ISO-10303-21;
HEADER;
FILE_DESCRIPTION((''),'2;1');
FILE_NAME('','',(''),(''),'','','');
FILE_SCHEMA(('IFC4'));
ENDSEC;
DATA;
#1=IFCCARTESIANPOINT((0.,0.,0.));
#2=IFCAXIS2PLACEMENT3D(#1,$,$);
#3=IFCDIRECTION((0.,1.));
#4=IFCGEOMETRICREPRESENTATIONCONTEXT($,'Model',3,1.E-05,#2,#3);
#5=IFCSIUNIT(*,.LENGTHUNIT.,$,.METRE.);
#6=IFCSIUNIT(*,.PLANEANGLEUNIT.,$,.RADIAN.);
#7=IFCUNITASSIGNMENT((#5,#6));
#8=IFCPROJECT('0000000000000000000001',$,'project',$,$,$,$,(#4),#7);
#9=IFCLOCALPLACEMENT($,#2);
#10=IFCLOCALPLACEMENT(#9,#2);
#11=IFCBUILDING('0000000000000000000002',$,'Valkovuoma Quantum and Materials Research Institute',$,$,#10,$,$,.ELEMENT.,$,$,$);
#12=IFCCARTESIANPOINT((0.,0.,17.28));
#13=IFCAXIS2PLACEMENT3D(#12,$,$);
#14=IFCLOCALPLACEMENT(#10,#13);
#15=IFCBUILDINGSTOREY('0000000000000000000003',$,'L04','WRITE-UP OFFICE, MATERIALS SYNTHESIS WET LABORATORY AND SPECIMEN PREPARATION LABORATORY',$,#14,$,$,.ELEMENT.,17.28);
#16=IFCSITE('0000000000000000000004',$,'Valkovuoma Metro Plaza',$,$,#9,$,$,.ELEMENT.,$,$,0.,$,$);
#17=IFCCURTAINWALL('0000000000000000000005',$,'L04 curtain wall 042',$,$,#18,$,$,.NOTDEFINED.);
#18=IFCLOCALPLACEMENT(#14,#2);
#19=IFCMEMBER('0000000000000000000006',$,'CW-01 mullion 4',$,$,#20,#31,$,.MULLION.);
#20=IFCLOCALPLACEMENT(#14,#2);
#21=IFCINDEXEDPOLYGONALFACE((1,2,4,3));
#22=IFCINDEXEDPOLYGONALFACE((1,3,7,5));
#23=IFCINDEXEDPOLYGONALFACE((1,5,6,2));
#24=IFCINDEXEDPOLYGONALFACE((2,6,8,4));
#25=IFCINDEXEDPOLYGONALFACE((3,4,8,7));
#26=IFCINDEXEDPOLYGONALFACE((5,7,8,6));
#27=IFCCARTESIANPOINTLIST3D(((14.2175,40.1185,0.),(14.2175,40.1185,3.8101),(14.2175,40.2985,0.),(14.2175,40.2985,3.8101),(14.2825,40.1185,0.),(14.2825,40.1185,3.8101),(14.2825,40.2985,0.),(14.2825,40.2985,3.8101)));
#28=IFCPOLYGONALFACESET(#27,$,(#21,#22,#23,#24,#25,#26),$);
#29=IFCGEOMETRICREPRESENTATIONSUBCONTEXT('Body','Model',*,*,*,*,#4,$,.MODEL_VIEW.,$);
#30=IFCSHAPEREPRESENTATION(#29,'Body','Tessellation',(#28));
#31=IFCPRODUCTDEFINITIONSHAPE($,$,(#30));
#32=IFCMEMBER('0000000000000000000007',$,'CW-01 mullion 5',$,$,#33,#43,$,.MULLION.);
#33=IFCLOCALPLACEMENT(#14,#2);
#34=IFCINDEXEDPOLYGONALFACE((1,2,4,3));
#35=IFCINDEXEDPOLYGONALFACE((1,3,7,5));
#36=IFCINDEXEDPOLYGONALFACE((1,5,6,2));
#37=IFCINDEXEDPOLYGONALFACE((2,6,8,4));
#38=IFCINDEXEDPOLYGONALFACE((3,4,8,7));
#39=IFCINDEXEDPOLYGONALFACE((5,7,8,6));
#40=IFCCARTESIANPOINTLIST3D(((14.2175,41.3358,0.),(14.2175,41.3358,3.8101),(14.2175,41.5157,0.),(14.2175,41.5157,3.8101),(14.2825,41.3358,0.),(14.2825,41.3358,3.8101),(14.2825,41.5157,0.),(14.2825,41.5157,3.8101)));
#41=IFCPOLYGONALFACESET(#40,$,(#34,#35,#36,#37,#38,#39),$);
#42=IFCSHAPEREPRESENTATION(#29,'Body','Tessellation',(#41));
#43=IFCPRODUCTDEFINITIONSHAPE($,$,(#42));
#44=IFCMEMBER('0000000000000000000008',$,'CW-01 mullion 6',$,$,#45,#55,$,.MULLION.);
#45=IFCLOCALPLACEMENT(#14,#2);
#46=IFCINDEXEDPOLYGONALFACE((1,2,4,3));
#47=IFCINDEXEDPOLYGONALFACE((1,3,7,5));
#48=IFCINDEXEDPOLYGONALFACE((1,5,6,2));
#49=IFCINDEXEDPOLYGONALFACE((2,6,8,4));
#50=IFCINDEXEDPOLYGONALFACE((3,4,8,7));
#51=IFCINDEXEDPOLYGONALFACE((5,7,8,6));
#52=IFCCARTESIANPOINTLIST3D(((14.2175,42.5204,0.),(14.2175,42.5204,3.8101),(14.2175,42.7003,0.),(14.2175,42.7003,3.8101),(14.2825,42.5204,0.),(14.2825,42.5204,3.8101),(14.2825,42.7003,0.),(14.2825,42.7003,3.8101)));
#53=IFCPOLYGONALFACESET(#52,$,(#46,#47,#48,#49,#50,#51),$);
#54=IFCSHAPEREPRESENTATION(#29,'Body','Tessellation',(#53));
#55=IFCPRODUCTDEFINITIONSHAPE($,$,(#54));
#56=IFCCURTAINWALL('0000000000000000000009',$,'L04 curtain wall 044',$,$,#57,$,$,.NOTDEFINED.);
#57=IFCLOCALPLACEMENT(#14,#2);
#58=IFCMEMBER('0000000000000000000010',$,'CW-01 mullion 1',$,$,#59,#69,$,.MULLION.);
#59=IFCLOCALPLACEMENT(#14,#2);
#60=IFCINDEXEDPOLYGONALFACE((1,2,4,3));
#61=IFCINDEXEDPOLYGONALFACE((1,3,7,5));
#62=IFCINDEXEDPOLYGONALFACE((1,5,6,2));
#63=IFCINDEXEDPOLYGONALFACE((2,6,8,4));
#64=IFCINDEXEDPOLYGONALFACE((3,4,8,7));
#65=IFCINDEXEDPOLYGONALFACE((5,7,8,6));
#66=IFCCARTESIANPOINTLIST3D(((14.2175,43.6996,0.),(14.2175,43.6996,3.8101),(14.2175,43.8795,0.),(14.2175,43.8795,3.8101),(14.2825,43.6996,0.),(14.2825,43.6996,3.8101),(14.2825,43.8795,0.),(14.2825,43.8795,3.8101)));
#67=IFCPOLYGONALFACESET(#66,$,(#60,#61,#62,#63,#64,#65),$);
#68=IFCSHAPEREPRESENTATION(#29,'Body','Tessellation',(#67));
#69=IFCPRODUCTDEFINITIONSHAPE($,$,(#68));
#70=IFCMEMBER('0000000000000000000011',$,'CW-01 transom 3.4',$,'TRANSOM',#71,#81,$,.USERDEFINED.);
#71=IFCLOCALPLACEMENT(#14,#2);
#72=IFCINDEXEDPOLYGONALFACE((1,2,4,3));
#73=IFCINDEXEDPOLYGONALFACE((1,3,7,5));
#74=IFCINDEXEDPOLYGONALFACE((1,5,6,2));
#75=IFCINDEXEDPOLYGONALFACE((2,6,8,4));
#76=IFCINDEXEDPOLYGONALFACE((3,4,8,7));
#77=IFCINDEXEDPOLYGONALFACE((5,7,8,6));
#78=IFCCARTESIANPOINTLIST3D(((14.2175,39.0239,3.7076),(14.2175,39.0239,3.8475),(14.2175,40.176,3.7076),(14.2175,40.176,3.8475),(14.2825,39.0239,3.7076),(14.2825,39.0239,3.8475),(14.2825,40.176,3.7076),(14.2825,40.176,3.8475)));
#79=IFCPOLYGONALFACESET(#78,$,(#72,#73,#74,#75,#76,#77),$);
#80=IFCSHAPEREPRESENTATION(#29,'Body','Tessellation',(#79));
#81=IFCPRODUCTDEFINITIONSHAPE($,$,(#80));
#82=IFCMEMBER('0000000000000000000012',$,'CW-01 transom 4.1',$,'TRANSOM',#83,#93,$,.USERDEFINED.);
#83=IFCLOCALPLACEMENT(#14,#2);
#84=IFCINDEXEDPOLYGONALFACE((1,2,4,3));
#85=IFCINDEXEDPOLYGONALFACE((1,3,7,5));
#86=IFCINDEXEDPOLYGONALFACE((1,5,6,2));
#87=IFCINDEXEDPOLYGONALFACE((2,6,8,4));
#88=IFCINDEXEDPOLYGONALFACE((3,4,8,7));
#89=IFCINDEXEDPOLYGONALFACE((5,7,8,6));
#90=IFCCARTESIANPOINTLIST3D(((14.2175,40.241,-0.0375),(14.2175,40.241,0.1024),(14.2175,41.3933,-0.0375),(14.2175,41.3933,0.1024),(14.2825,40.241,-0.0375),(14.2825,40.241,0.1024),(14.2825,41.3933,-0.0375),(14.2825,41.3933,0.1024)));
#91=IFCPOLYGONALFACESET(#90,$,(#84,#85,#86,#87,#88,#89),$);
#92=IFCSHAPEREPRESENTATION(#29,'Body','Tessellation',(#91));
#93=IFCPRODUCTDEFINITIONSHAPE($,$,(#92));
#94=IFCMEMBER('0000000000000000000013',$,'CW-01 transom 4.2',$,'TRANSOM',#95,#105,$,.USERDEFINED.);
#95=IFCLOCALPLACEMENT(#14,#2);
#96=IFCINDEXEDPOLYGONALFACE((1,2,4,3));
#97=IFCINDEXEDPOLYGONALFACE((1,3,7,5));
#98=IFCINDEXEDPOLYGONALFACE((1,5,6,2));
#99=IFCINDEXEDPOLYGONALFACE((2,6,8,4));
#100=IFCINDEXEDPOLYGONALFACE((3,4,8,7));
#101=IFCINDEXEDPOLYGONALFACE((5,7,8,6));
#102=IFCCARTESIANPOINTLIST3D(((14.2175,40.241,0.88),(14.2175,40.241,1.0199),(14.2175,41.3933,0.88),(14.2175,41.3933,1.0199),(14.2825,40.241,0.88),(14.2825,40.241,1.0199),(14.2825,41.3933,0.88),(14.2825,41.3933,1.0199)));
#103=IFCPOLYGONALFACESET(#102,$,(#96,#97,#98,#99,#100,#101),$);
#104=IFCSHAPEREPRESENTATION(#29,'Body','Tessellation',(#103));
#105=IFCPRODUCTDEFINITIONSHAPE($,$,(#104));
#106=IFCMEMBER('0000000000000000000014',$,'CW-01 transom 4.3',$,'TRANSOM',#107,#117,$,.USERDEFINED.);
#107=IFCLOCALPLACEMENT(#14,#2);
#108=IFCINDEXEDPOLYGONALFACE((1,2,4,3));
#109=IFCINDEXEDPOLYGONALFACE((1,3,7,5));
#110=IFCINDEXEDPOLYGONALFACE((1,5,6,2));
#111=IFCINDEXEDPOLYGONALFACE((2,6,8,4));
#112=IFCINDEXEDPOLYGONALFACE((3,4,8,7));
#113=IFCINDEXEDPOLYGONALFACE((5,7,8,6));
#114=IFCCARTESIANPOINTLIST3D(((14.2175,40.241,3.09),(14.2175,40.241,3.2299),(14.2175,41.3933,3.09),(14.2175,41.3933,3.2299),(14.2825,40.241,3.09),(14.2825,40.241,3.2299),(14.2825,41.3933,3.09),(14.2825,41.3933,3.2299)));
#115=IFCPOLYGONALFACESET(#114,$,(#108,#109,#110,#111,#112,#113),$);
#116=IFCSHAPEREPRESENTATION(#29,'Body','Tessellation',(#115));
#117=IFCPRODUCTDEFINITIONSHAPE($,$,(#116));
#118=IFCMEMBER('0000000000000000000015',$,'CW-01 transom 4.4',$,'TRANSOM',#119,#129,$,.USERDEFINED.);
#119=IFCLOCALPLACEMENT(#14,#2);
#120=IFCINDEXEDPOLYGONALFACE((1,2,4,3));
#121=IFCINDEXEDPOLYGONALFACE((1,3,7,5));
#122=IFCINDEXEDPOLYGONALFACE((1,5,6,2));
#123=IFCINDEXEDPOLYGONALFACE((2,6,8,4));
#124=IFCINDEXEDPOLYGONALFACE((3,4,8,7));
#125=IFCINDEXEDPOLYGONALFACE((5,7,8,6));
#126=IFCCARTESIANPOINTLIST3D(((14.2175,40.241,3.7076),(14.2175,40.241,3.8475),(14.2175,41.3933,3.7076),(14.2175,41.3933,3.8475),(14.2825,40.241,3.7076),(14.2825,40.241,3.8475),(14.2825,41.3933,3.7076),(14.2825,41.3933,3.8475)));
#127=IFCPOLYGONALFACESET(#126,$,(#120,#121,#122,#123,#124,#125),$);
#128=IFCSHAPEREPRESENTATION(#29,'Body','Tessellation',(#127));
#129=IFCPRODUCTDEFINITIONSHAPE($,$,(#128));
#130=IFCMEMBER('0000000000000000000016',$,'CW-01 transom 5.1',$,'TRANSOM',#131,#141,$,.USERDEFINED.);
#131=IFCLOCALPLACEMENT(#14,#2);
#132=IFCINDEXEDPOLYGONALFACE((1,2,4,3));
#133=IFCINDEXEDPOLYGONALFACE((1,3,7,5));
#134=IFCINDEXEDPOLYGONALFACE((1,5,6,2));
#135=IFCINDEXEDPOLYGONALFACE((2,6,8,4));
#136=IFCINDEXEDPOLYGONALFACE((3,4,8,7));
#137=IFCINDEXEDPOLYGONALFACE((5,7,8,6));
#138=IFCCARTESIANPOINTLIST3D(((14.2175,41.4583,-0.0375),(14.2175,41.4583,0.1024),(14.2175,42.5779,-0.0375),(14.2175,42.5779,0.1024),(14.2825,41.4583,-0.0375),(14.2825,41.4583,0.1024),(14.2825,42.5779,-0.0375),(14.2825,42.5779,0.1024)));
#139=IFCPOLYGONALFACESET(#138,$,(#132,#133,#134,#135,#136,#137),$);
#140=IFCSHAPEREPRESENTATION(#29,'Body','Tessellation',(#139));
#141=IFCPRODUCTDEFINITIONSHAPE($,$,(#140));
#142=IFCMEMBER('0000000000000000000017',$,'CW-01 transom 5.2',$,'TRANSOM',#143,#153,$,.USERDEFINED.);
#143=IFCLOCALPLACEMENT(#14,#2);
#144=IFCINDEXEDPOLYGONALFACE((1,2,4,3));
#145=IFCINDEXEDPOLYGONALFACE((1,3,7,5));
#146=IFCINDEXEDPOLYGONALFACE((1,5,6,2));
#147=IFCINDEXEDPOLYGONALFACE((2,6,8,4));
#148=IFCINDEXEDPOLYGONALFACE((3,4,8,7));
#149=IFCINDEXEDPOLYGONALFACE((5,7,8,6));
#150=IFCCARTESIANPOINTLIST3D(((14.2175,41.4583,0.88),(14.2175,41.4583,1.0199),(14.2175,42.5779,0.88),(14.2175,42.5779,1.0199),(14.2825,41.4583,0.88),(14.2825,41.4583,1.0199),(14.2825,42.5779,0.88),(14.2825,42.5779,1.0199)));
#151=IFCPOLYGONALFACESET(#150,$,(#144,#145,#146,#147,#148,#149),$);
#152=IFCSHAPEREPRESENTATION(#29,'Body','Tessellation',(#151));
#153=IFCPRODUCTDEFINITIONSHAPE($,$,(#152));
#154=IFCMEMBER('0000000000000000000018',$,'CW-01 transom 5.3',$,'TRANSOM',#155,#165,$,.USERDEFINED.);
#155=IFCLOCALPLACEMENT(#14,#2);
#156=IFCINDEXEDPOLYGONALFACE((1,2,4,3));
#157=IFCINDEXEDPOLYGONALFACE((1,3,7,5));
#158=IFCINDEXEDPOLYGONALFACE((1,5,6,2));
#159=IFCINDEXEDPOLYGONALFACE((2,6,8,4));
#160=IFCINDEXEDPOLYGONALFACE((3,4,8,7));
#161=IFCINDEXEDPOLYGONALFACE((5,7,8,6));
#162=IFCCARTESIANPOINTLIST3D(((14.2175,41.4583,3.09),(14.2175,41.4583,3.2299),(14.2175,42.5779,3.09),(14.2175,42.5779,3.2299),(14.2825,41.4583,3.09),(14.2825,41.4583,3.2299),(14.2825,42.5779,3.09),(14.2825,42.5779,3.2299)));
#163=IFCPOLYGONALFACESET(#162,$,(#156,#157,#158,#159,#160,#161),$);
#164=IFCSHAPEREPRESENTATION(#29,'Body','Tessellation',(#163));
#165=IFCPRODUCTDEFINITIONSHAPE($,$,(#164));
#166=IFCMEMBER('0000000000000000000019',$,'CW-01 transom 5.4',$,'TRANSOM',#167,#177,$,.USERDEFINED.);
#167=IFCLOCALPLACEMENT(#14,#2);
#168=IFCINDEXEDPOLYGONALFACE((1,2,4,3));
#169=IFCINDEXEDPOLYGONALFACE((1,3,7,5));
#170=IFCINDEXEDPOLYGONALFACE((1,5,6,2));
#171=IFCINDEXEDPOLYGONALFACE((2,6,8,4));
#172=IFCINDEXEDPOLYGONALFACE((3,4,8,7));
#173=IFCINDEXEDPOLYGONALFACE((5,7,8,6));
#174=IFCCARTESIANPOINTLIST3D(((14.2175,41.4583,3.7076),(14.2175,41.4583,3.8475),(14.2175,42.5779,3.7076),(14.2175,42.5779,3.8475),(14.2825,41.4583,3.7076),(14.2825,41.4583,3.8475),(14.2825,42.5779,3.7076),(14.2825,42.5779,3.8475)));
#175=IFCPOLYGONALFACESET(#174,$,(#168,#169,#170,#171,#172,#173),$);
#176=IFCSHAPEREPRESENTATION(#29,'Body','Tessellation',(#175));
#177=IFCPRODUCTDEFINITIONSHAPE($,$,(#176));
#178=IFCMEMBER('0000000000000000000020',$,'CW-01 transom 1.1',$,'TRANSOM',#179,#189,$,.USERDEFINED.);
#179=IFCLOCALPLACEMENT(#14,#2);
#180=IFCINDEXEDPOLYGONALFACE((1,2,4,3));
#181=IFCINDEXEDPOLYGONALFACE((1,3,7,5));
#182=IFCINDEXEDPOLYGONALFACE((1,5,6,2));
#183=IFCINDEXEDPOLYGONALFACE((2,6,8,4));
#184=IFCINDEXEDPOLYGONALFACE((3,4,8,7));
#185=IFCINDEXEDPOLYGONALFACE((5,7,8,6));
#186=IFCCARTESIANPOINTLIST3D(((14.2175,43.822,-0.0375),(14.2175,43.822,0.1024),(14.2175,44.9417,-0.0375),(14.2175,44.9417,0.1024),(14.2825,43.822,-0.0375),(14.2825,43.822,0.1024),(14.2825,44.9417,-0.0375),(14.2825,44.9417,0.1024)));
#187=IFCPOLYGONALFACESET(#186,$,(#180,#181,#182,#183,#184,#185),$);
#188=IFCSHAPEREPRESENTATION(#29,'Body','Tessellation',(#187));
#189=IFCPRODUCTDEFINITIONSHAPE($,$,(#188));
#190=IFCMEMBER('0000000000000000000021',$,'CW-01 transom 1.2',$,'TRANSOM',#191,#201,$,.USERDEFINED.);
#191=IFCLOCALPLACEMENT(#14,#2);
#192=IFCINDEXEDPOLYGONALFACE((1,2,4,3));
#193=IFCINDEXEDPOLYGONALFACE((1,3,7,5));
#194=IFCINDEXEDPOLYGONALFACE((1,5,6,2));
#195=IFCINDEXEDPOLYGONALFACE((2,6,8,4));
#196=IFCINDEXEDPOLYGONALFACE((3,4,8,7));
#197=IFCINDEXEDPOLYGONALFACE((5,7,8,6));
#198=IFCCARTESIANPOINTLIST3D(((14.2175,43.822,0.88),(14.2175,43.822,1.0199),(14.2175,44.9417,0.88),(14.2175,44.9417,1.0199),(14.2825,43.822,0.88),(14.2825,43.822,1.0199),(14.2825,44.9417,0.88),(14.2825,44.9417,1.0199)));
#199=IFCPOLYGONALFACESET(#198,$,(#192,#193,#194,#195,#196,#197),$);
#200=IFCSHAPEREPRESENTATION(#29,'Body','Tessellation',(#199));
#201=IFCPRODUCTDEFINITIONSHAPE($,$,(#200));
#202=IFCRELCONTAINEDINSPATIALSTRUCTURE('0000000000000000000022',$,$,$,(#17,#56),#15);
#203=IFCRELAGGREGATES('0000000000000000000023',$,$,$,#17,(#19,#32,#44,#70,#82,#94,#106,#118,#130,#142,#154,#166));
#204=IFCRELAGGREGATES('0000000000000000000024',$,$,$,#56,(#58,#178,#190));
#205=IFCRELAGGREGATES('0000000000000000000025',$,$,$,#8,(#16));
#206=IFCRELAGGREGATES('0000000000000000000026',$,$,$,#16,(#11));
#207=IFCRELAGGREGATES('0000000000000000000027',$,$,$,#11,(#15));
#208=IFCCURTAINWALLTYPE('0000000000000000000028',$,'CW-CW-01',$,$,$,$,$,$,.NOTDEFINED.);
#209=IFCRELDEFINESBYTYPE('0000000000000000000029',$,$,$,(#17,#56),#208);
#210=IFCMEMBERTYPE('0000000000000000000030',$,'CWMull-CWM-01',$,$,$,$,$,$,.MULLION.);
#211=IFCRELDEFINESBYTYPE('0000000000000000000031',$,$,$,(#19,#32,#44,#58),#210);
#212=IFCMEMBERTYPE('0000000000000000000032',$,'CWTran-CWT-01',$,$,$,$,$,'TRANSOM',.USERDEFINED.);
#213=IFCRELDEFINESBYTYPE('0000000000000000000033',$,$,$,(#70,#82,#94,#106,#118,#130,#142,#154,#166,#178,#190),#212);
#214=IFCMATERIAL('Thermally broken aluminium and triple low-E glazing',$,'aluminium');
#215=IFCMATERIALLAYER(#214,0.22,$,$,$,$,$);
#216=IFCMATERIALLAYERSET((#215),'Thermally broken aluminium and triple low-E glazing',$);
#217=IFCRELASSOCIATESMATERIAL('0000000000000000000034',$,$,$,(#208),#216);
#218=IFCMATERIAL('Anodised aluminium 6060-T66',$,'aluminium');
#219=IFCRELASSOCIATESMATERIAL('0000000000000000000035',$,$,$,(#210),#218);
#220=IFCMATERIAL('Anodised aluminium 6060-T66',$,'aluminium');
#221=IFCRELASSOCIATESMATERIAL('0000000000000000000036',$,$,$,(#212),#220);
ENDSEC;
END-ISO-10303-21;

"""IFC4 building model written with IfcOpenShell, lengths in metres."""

from ifc_helpers import new_model, si_unit, direction, frame, origin, origin_2d, place, context, subcontext, project, spatial, rectangle, extrude, material, layer, layer_set, material_profile, profile_set, type_object, element, aggregate, save


model = new_model("IFC4")

# Units and contexts
model_context = context("Model", 3, precision=1e-05, world=origin(), true_north=direction((0.0, 1.0)))
body_context = subcontext(model_context, "Body", "Model", "MODEL_VIEW")
ifc_project = project(units=[si_unit("LENGTHUNIT", "METRE"), si_unit("PLANEANGLEUNIT", "RADIAN")], contexts=[model_context])

# Site, building, storey
site_placement = place(None, origin())
site = spatial("IfcSite", under=ifc_project, at=site_placement, Name="Valkovuoma Metro Plaza", CompositionType="ELEMENT", RefElevation=0.0)
building_placement = place(site_placement, origin())
building = spatial("IfcBuilding", under=site, at=building_placement, Name="Valkovuoma Quantum and Materials Research Institute", CompositionType="ELEMENT")
storey_placement = place(building_placement, frame((0.0, 0.0, 17.28)))
storey = spatial("IfcBuildingStorey", under=building, at=storey_placement, Name="L04", Description="WRITE-UP OFFICE, MATERIALS SYNTHESIS WET LABORATORY AND SPECIMEN PREPARATION LABORATORY", CompositionType="ELEMENT", Elevation=17.28)

# Curtain wall, members
ifc_material_1 = material(Name="Thermally broken aluminium and triple low-E glazing", Category="aluminium")
ifc_layer_1 = layer(ifc_material_1, 0.22)
ifc_layer_set_1 = layer_set([ifc_layer_1], Name="Thermally broken aluminium and triple low-E glazing")
curtain_wall_type = type_object("IfcCurtainWallType", Name="CW-CW-01", PredefinedType="NOTDEFINED", material=ifc_layer_set_1)
curtain_wall_1_placement = place(storey_placement, origin())
curtain_wall_1 = element("IfcCurtainWall", 1, at=curtain_wall_1_placement, inside=storey, type_object=curtain_wall_type, Name="L04 curtain wall 042", PredefinedType="NOTDEFINED")
ifc_material_2 = material(Name="Anodised aluminium 6060-T66", Category="aluminium")
ifc_material_profile_1 = material_profile(ifc_material_2, rectangle(XDim=0.0649, YDim=0.1799, at=origin_2d()), Name="Anodised aluminium 6060-T66")
ifc_profile_set_1 = profile_set([ifc_material_profile_1], Name="Anodised aluminium 6060-T66")
member_type_1 = type_object("IfcMemberType", Name="CWMull-CWM-01", PredefinedType="MULLION", material=ifc_profile_set_1)
member_1_placement = place(storey_placement, frame((14.25, 40.2085, 0.0), z_axis=(0.0, 0.0, 1.0), x_axis=(-1.0, 0.0, 0.0)))
member_1 = element("IfcMember", 2, at=member_1_placement, type_object=member_type_1, Name="CW-01 mullion 4", PredefinedType="MULLION", context=body_context, shape_type="SweptSolid", body=[
    extrude(rectangle(XDim=0.0649, YDim=0.1799, at=origin_2d()), origin(), (0.0, 0.0, 1.0), 3.8101),
])
member_2_placement = place(storey_placement, frame((14.25, 41.4258, 0.0), z_axis=(0.0, 0.0, 1.0), x_axis=(-1.0, 0.0, 0.0)))
member_2 = element("IfcMember", 3, at=member_2_placement, type_object=member_type_1, Name="CW-01 mullion 5", PredefinedType="MULLION", context=body_context, shape_type="SweptSolid", body=[
    extrude(rectangle(XDim=0.0649, YDim=0.1799, at=origin_2d()), origin(), (0.0, 0.0, 1.0), 3.8101),
])
member_3_placement = place(storey_placement, frame((14.25, 42.6104, 0.0), z_axis=(0.0, 0.0, 1.0), x_axis=(-1.0, 0.0, 0.0)))
member_3 = element("IfcMember", 4, at=member_3_placement, type_object=member_type_1, Name="CW-01 mullion 6", PredefinedType="MULLION", context=body_context, shape_type="SweptSolid", body=[
    extrude(rectangle(XDim=0.0649, YDim=0.1799, at=origin_2d()), origin(), (0.0, 0.0, 1.0), 3.8101),
])

# Curtain wall, member
curtain_wall_2_placement = place(storey_placement, origin())
curtain_wall_2 = element("IfcCurtainWall", 5, at=curtain_wall_2_placement, inside=storey, type_object=curtain_wall_type, Name="L04 curtain wall 044", PredefinedType="NOTDEFINED")
member_4_placement = place(storey_placement, frame((14.25, 43.7896, 0.0), z_axis=(0.0, 0.0, 1.0), x_axis=(-1.0, 0.0, 0.0)))
member_4 = element("IfcMember", 6, at=member_4_placement, type_object=member_type_1, Name="CW-01 mullion 1", PredefinedType="MULLION", context=body_context, shape_type="SweptSolid", body=[
    extrude(rectangle(XDim=0.0649, YDim=0.1799, at=origin_2d()), origin(), (0.0, 0.0, 1.0), 3.8101),
])

# Members
ifc_material_3 = material(Name="Anodised aluminium 6060-T66", Category="aluminium")
ifc_material_profile_2 = material_profile(ifc_material_3, rectangle(XDim=0.0649, YDim=0.1399, at=origin_2d()), Name="Anodised aluminium 6060-T66")
ifc_profile_set_2 = profile_set([ifc_material_profile_2], Name="Anodised aluminium 6060-T66")
member_type_2 = type_object("IfcMemberType", Name="CWTran-CWT-01", ElementType="TRANSOM", PredefinedType="USERDEFINED", material=ifc_profile_set_2)
member_5_placement = place(storey_placement, frame((14.25, 39.0239, 3.7776), z_axis=(0.0, 1.0, 0.0), x_axis=(-1.0, 0.0, 0.0)))
member_5 = element("IfcMember", 7, at=member_5_placement, type_object=member_type_2, Name="CW-01 transom 3.4", ObjectType="TRANSOM", PredefinedType="USERDEFINED", context=body_context, shape_type="SweptSolid", body=[
    extrude(rectangle(XDim=0.0649, YDim=0.1399, at=origin_2d()), origin(), (0.0, 0.0, 1.0), 1.1521),
])
member_6_placement = place(storey_placement, frame((14.25, 40.241, 0.0325), z_axis=(0.0, 1.0, 0.0), x_axis=(-1.0, 0.0, 0.0)))
member_6 = element("IfcMember", 8, at=member_6_placement, type_object=member_type_2, Name="CW-01 transom 4.1", ObjectType="TRANSOM", PredefinedType="USERDEFINED", context=body_context, shape_type="SweptSolid", body=[
    extrude(rectangle(XDim=0.0649, YDim=0.1399, at=origin_2d()), origin(), (0.0, 0.0, 1.0), 1.1523),
])
member_7_placement = place(storey_placement, frame((14.25, 40.241, 0.95), z_axis=(0.0, 1.0, 0.0), x_axis=(-1.0, 0.0, 0.0)))
member_7 = element("IfcMember", 9, at=member_7_placement, type_object=member_type_2, Name="CW-01 transom 4.2", ObjectType="TRANSOM", PredefinedType="USERDEFINED", context=body_context, shape_type="SweptSolid", body=[
    extrude(rectangle(XDim=0.0649, YDim=0.1399, at=origin_2d()), origin(), (0.0, 0.0, 1.0), 1.1523),
])
member_8_placement = place(storey_placement, frame((14.25, 40.241, 3.1599), z_axis=(0.0, 1.0, 0.0), x_axis=(-1.0, 0.0, 0.0)))
member_8 = element("IfcMember", 10, at=member_8_placement, type_object=member_type_2, Name="CW-01 transom 4.3", ObjectType="TRANSOM", PredefinedType="USERDEFINED", context=body_context, shape_type="SweptSolid", body=[
    extrude(rectangle(XDim=0.0649, YDim=0.1399, at=origin_2d()), origin(), (0.0, 0.0, 1.0), 1.1523),
])
member_9_placement = place(storey_placement, frame((14.25, 40.241, 3.7776), z_axis=(0.0, 1.0, 0.0), x_axis=(-1.0, 0.0, 0.0)))
member_9 = element("IfcMember", 11, at=member_9_placement, type_object=member_type_2, Name="CW-01 transom 4.4", ObjectType="TRANSOM", PredefinedType="USERDEFINED", context=body_context, shape_type="SweptSolid", body=[
    extrude(rectangle(XDim=0.0649, YDim=0.1399, at=origin_2d()), origin(), (0.0, 0.0, 1.0), 1.1523),
])
member_10_placement = place(storey_placement, frame((14.25, 41.4583, 0.0325), z_axis=(0.0, 1.0, 0.0), x_axis=(-1.0, 0.0, 0.0)))
member_10 = element("IfcMember", 12, at=member_10_placement, type_object=member_type_2, Name="CW-01 transom 5.1", ObjectType="TRANSOM", PredefinedType="USERDEFINED", context=body_context, shape_type="SweptSolid", body=[
    extrude(rectangle(XDim=0.0649, YDim=0.1399, at=origin_2d()), origin(), (0.0, 0.0, 1.0), 1.1196),
])
member_11_placement = place(storey_placement, frame((14.25, 41.4583, 0.95), z_axis=(0.0, 1.0, 0.0), x_axis=(-1.0, 0.0, 0.0)))
member_11 = element("IfcMember", 13, at=member_11_placement, type_object=member_type_2, Name="CW-01 transom 5.2", ObjectType="TRANSOM", PredefinedType="USERDEFINED", context=body_context, shape_type="SweptSolid", body=[
    extrude(rectangle(XDim=0.0649, YDim=0.1399, at=origin_2d()), origin(), (0.0, 0.0, 1.0), 1.1196),
])
member_12_placement = place(storey_placement, frame((14.25, 41.4583, 3.1599), z_axis=(0.0, 1.0, 0.0), x_axis=(-1.0, 0.0, 0.0)))
member_12 = element("IfcMember", 14, at=member_12_placement, type_object=member_type_2, Name="CW-01 transom 5.3", ObjectType="TRANSOM", PredefinedType="USERDEFINED", context=body_context, shape_type="SweptSolid", body=[
    extrude(rectangle(XDim=0.0649, YDim=0.1399, at=origin_2d()), origin(), (0.0, 0.0, 1.0), 1.1196),
])
member_13_placement = place(storey_placement, frame((14.25, 41.4583, 3.7776), z_axis=(0.0, 1.0, 0.0), x_axis=(-1.0, 0.0, 0.0)))
member_13 = element("IfcMember", 15, at=member_13_placement, type_object=member_type_2, Name="CW-01 transom 5.4", ObjectType="TRANSOM", PredefinedType="USERDEFINED", context=body_context, shape_type="SweptSolid", body=[
    extrude(rectangle(XDim=0.0649, YDim=0.1399, at=origin_2d()), origin(), (0.0, 0.0, 1.0), 1.1196),
])
member_14_placement = place(storey_placement, frame((14.25, 43.822, 0.0325), z_axis=(0.0, 1.0, 0.0), x_axis=(-1.0, 0.0, 0.0)))
member_14 = element("IfcMember", 16, at=member_14_placement, type_object=member_type_2, Name="CW-01 transom 1.1", ObjectType="TRANSOM", PredefinedType="USERDEFINED", context=body_context, shape_type="SweptSolid", body=[
    extrude(rectangle(XDim=0.0649, YDim=0.1399, at=origin_2d()), origin(), (0.0, 0.0, 1.0), 1.1196),
])
member_15_placement = place(storey_placement, frame((14.25, 43.822, 0.95), z_axis=(0.0, 1.0, 0.0), x_axis=(-1.0, 0.0, 0.0)))
member_15 = element("IfcMember", 17, at=member_15_placement, type_object=member_type_2, Name="CW-01 transom 1.2", ObjectType="TRANSOM", PredefinedType="USERDEFINED", context=body_context, shape_type="SweptSolid", body=[
    extrude(rectangle(XDim=0.0649, YDim=0.1399, at=origin_2d()), origin(), (0.0, 0.0, 1.0), 1.1196),
])

aggregate(curtain_wall_1, [member_1, member_2, member_3, member_5, member_6, member_7, member_8, member_9, member_10, member_11, member_12, member_13])
aggregate(curtain_wall_2, [member_4, member_14, member_15])

save(model, "model.ifc")
